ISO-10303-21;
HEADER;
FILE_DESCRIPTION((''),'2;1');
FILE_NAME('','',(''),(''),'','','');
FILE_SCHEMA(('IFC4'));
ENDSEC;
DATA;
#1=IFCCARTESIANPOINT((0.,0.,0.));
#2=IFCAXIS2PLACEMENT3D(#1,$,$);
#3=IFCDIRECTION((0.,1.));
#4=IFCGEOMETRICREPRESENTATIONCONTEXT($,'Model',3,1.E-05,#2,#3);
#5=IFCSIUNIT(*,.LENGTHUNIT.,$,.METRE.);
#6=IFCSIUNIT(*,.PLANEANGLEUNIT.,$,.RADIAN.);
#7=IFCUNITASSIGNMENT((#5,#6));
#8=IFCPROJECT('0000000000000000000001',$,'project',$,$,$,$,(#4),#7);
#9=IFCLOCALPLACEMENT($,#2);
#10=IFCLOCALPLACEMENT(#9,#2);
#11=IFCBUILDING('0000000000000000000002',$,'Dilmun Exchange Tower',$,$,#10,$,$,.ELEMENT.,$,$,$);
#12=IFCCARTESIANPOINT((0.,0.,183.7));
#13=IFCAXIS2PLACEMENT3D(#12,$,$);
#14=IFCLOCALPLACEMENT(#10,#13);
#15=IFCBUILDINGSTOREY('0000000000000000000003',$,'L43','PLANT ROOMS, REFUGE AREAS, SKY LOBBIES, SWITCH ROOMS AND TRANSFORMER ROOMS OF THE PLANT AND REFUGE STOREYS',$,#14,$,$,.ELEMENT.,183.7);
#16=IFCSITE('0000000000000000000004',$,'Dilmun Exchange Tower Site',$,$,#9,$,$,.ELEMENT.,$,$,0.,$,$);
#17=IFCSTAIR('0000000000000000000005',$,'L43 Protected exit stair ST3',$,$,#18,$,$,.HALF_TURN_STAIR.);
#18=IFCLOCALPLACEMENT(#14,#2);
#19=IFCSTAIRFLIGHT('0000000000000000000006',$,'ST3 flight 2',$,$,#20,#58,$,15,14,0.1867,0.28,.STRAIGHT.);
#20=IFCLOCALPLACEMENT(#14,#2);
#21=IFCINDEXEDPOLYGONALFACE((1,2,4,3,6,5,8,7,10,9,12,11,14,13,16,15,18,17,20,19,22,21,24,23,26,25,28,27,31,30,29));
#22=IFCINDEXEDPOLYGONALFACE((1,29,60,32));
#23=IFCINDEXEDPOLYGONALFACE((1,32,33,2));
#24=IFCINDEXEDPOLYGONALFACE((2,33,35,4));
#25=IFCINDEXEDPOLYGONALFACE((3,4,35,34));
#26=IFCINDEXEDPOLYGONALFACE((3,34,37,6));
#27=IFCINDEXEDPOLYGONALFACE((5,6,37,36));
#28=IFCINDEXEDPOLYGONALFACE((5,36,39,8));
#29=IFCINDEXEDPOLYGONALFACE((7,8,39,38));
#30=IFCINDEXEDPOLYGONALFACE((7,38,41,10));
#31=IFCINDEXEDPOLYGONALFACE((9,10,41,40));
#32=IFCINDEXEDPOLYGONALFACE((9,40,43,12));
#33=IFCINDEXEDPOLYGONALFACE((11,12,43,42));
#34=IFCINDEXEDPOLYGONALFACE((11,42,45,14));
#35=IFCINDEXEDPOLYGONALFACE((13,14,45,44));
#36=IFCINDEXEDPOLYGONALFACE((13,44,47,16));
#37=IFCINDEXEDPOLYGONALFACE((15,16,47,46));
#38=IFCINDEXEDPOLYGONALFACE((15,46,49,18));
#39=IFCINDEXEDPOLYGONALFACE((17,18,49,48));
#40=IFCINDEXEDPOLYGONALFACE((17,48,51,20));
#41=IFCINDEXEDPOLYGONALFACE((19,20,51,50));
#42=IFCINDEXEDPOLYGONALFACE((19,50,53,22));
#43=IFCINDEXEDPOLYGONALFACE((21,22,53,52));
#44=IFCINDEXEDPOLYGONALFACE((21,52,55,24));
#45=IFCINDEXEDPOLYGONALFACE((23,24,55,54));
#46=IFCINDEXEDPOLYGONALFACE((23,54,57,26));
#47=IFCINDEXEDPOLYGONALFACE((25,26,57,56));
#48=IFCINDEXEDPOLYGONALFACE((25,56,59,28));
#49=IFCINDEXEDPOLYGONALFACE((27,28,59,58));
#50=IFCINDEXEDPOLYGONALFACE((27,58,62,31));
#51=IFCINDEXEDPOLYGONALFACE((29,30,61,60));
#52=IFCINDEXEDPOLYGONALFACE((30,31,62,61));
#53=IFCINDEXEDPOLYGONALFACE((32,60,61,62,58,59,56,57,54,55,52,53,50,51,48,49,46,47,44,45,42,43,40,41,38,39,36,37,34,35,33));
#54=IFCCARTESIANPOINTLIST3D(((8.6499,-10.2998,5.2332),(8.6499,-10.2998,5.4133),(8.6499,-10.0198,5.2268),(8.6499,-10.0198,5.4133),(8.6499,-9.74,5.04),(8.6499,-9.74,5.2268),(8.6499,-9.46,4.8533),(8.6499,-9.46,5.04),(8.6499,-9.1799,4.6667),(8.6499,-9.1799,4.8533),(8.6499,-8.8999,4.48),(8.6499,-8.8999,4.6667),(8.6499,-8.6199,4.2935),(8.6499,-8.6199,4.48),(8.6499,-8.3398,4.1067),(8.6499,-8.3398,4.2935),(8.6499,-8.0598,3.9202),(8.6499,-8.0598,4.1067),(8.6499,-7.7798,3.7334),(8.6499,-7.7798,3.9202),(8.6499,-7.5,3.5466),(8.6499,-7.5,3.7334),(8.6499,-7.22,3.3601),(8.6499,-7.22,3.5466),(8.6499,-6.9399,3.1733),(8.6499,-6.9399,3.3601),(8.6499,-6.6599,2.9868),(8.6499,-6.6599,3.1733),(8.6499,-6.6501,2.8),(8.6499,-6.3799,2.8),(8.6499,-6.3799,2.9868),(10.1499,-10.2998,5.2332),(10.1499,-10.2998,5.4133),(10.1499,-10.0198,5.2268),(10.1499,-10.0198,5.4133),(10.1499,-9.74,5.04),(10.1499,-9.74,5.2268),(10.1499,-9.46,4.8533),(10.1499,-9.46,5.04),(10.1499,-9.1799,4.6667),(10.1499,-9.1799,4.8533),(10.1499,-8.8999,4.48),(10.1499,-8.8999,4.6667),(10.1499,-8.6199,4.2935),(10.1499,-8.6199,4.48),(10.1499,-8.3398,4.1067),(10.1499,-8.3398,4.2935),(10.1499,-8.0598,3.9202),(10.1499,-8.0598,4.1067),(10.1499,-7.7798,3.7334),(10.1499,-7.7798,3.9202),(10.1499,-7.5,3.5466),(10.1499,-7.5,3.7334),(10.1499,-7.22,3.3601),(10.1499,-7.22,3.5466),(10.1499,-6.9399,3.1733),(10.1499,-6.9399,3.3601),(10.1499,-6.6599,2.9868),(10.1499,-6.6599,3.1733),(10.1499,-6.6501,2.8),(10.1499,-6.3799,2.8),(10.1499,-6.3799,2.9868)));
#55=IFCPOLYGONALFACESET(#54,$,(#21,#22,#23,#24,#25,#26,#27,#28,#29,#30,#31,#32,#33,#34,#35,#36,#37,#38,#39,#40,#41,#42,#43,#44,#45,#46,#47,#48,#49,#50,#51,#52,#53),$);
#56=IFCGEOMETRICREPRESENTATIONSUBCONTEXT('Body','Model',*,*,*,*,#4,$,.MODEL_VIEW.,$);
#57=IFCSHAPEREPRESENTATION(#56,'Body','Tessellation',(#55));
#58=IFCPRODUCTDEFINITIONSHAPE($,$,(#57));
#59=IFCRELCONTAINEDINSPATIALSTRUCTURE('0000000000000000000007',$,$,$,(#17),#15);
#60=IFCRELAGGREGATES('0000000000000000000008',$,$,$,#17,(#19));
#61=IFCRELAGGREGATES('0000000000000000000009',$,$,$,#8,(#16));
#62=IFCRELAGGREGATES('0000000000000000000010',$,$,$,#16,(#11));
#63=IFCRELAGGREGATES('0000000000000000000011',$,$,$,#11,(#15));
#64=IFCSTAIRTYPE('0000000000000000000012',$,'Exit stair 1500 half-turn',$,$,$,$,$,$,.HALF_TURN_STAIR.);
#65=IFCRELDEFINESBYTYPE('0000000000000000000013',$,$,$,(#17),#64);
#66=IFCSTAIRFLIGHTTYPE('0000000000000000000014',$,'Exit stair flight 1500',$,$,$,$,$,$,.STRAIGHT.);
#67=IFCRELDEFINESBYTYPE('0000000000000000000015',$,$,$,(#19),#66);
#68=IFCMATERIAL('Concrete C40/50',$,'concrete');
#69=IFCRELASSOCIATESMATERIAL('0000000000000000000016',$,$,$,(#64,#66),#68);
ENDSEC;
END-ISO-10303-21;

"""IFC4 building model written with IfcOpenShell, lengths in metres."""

from ifc_helpers import new_model, si_unit, direction, frame, origin, place, context, subcontext, project, spatial, polyline, outline, extrude, material, type_object, element, aggregate, save


model = new_model("IFC4")

# Units and contexts
model_context = context("Model", 3, precision=1e-05, world=origin(), true_north=direction((0.0, 1.0)))
body_context = subcontext(model_context, "Body", "Model", "MODEL_VIEW")
ifc_project = project(units=[si_unit("LENGTHUNIT", "METRE"), si_unit("PLANEANGLEUNIT", "RADIAN")], contexts=[model_context])

# Site, building, storey
site_placement = place(None, origin())
site = spatial("IfcSite", under=ifc_project, at=site_placement, Name="Dilmun Exchange Tower Site", CompositionType="ELEMENT", RefElevation=0.0)
building_placement = place(site_placement, origin())
building = spatial("IfcBuilding", under=site, at=building_placement, Name="Dilmun Exchange Tower", CompositionType="ELEMENT")
storey_placement = place(building_placement, frame((0.0, 0.0, 183.7)))
storey = spatial("IfcBuildingStorey", under=building, at=storey_placement, Name="L43", Description="PLANT ROOMS, REFUGE AREAS, SKY LOBBIES, SWITCH ROOMS AND TRANSFORMER ROOMS OF THE PLANT AND REFUGE STOREYS", CompositionType="ELEMENT", Elevation=183.7)

# Shared definitions
ifc_material_1 = material(Name="Concrete C40/50", Category="concrete")

# Stair, stair flight
stair_type = type_object("IfcStairType", Name="Exit stair 1500 half-turn", PredefinedType="HALF_TURN_STAIR", material=ifc_material_1)
stair_placement = place(storey_placement, origin())
stair = element("IfcStair", 1, at=stair_placement, inside=storey, type_object=stair_type, Name="L43 Protected exit stair ST3", PredefinedType="HALF_TURN_STAIR")
stair_flight_type = type_object("IfcStairFlightType", Name="Exit stair flight 1500", PredefinedType="STRAIGHT", material=ifc_material_1)
stair_flight_placement = place(storey_placement, frame((9.3999, -6.3799, 2.8), z_axis=(0.0, 0.0, 1.0), x_axis=(0.0, -1.0, 0.0)))
stair_flight = element("IfcStairFlight", 2, at=stair_flight_placement, type_object=stair_flight_type, Name="ST3 flight 2", NumberOfRisers=15, NumberOfTreads=14, PredefinedType="STRAIGHT", RiserHeight=0.1867, TreadLength=0.28, context=body_context, shape_type="SweptSolid", body=[
    extrude(outline(polyline([(0.0, 0.0), (0.0, 0.1868), (0.28, 0.1868), (0.28, 0.3733), (0.5601, 0.3733), (0.5601, 0.5601), (0.8401, 0.5601), (0.8401, 0.7466), (1.1201, 0.7466), (1.1201, 0.9333), (1.3999, 0.9333), (1.3999, 1.1201), (1.6799, 1.1201), (1.6799, 1.3066), (1.96, 1.3066), (1.96, 1.4934), (2.24, 1.4934), (2.24, 1.6799), (2.52, 1.6799), (2.52, 1.8667), (2.8, 1.8667), (2.8, 2.0532), (3.0801, 2.0532), (3.0801, 2.24), (3.3601, 2.24), (3.3601, 2.4268), (3.6399, 2.4268), (3.6399, 2.6133), (3.9199, 2.6133), (3.9199, 2.8), (3.9199, 2.4331), (0.2703, 0.0), (0.0, 0.0)])), frame((0.0, 0.75, 0.0), z_axis=(0.0, -1.0, 0.0), x_axis=(1.0, 0.0, 0.0)), (0.0, 0.0, 1.0), 1.5),
])
aggregate(stair, [stair_flight])

save(model, "model.ifc")
